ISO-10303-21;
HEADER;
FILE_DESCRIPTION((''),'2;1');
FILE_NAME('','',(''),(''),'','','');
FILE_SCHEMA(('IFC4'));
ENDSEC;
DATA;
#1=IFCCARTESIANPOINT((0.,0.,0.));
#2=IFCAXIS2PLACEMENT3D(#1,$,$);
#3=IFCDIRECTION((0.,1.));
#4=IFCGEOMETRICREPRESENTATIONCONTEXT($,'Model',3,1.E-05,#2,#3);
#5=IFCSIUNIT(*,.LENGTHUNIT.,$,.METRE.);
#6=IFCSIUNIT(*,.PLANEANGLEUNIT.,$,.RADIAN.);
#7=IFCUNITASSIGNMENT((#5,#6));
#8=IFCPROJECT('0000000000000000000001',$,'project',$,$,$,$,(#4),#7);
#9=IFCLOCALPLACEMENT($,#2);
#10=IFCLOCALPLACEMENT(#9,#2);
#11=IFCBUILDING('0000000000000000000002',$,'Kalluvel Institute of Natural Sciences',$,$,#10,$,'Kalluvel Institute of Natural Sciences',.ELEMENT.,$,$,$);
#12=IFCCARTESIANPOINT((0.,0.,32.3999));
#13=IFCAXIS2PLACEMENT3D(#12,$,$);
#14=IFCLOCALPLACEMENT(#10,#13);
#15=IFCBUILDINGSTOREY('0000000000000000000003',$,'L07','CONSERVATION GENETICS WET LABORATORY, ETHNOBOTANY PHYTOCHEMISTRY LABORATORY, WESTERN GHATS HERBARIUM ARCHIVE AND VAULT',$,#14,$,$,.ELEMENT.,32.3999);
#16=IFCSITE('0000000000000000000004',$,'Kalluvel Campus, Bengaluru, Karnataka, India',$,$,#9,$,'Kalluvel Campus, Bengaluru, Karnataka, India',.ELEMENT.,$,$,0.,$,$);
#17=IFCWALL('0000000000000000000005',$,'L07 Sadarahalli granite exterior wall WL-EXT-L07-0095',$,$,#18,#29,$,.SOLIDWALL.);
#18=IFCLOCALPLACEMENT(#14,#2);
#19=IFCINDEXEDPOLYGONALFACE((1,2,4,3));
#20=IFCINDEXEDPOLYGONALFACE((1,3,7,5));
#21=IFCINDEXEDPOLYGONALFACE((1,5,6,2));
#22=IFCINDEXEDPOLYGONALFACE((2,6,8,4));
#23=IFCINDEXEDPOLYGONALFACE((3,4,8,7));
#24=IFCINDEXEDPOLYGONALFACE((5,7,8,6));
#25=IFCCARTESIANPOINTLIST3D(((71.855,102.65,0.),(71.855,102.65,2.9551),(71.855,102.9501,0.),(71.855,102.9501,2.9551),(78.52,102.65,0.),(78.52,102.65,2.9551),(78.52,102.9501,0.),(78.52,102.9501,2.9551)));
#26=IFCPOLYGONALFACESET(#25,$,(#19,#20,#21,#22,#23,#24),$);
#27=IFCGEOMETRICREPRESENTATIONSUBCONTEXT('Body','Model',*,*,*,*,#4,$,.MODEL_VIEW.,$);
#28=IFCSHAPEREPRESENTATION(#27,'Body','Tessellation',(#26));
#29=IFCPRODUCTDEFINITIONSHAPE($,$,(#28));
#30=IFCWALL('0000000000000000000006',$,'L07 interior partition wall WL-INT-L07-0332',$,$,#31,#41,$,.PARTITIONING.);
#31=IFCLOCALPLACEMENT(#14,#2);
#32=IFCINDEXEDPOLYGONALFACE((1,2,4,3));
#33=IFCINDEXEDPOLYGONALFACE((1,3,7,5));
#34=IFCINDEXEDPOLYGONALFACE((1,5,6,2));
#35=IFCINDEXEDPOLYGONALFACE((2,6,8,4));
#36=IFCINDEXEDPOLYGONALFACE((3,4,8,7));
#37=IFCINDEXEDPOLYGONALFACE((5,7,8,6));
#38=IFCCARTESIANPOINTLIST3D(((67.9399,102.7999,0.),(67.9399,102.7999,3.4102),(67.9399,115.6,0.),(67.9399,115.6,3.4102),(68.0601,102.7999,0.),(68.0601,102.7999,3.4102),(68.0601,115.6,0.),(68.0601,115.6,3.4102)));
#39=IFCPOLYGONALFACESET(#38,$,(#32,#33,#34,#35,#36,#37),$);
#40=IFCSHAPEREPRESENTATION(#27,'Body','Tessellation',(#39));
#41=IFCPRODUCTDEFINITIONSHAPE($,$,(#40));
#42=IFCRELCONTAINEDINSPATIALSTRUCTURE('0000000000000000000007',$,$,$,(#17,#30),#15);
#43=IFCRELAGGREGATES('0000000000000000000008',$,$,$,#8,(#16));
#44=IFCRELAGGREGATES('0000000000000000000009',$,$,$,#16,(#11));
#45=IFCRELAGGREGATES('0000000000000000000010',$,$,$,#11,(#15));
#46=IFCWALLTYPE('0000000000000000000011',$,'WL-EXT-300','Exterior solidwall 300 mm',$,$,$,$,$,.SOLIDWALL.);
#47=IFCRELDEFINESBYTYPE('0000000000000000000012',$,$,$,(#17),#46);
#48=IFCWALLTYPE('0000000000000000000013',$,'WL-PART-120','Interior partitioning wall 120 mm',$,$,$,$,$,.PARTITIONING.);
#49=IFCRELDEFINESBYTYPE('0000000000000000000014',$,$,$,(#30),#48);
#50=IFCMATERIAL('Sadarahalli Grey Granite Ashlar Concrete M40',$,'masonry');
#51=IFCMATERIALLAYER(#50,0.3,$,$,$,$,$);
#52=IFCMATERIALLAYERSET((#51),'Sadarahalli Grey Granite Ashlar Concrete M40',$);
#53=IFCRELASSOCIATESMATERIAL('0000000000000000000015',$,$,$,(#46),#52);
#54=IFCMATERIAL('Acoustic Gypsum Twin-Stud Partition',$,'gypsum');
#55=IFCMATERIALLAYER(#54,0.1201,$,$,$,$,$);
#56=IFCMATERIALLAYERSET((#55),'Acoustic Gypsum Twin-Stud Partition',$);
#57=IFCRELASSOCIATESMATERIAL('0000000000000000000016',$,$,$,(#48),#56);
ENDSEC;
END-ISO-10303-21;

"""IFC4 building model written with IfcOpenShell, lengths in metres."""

from ifc_helpers import new_model, si_unit, direction, frame, frame_2d, origin, place, context, subcontext, project, spatial, rectangle, extrude, material, layer, layer_set, type_object, element, save


model = new_model("IFC4")

# Units and contexts
model_context = context("Model", 3, precision=1e-05, world=origin(), true_north=direction((0.0, 1.0)))
body_context = subcontext(model_context, "Body", "Model", "MODEL_VIEW")
ifc_project = project(units=[si_unit("LENGTHUNIT", "METRE"), si_unit("PLANEANGLEUNIT", "RADIAN")], contexts=[model_context])

# Site, building, storey
site_placement = place(None, origin())
site = spatial("IfcSite", under=ifc_project, at=site_placement, Name="Kalluvel Campus, Bengaluru, Karnataka, India", LongName="Kalluvel Campus, Bengaluru, Karnataka, India", CompositionType="ELEMENT", RefElevation=0.0)
building_placement = place(site_placement, origin())
building = spatial("IfcBuilding", under=site, at=building_placement, Name="Kalluvel Institute of Natural Sciences", LongName="Kalluvel Institute of Natural Sciences", CompositionType="ELEMENT")
storey_placement = place(building_placement, frame((0.0, 0.0, 32.3999)))
storey = spatial("IfcBuildingStorey", under=building, at=storey_placement, Name="L07", Description="CONSERVATION GENETICS WET LABORATORY, ETHNOBOTANY PHYTOCHEMISTRY LABORATORY, WESTERN GHATS HERBARIUM ARCHIVE AND VAULT", CompositionType="ELEMENT", Elevation=32.3999)

# Walls
ifc_material_1 = material(Name="Sadarahalli Grey Granite Ashlar Concrete M40", Category="masonry")
ifc_layer_1 = layer(ifc_material_1, 0.3)
ifc_layer_set_1 = layer_set([ifc_layer_1], Name="Sadarahalli Grey Granite Ashlar Concrete M40")
wall_type_1 = type_object("IfcWallType", Name="WL-EXT-300", Description="Exterior solidwall 300 mm", PredefinedType="SOLIDWALL", material=ifc_layer_set_1)
wall_1_placement = place(storey_placement, frame((71.855, 102.8, 0.0), z_axis=(0.0, 0.0, 1.0), x_axis=(1.0, 0.0, 0.0)))
element("IfcWall", 1, at=wall_1_placement, inside=storey, type_object=wall_type_1, Name="L07 Sadarahalli granite exterior wall WL-EXT-L07-0095", PredefinedType="SOLIDWALL", context=body_context, shape_type="SweptSolid", body=[
    extrude(rectangle(XDim=6.665, YDim=0.3, at=frame_2d((3.3325, 0.0))), origin(), (0.0, 0.0, 1.0), 2.9551),
])
ifc_material_2 = material(Name="Acoustic Gypsum Twin-Stud Partition", Category="gypsum")
ifc_layer_2 = layer(ifc_material_2, 0.1201)
ifc_layer_set_2 = layer_set([ifc_layer_2], Name="Acoustic Gypsum Twin-Stud Partition")
wall_type_2 = type_object("IfcWallType", Name="WL-PART-120", Description="Interior partitioning wall 120 mm", PredefinedType="PARTITIONING", material=ifc_layer_set_2)
wall_2_placement = place(storey_placement, frame((68.0, 102.8, 0.0), z_axis=(0.0, 0.0, 1.0), x_axis=(0.0, 1.0, 0.0)))
element("IfcWall", 2, at=wall_2_placement, inside=storey, type_object=wall_type_2, Name="L07 interior partition wall WL-INT-L07-0332", PredefinedType="PARTITIONING", context=body_context, shape_type="SweptSolid", body=[
    extrude(rectangle(XDim=12.8, YDim=0.1201, at=frame_2d((6.3999, 0.0))), origin(), (0.0, 0.0, 1.0), 3.4102),
])

save(model, "model.ifc")
